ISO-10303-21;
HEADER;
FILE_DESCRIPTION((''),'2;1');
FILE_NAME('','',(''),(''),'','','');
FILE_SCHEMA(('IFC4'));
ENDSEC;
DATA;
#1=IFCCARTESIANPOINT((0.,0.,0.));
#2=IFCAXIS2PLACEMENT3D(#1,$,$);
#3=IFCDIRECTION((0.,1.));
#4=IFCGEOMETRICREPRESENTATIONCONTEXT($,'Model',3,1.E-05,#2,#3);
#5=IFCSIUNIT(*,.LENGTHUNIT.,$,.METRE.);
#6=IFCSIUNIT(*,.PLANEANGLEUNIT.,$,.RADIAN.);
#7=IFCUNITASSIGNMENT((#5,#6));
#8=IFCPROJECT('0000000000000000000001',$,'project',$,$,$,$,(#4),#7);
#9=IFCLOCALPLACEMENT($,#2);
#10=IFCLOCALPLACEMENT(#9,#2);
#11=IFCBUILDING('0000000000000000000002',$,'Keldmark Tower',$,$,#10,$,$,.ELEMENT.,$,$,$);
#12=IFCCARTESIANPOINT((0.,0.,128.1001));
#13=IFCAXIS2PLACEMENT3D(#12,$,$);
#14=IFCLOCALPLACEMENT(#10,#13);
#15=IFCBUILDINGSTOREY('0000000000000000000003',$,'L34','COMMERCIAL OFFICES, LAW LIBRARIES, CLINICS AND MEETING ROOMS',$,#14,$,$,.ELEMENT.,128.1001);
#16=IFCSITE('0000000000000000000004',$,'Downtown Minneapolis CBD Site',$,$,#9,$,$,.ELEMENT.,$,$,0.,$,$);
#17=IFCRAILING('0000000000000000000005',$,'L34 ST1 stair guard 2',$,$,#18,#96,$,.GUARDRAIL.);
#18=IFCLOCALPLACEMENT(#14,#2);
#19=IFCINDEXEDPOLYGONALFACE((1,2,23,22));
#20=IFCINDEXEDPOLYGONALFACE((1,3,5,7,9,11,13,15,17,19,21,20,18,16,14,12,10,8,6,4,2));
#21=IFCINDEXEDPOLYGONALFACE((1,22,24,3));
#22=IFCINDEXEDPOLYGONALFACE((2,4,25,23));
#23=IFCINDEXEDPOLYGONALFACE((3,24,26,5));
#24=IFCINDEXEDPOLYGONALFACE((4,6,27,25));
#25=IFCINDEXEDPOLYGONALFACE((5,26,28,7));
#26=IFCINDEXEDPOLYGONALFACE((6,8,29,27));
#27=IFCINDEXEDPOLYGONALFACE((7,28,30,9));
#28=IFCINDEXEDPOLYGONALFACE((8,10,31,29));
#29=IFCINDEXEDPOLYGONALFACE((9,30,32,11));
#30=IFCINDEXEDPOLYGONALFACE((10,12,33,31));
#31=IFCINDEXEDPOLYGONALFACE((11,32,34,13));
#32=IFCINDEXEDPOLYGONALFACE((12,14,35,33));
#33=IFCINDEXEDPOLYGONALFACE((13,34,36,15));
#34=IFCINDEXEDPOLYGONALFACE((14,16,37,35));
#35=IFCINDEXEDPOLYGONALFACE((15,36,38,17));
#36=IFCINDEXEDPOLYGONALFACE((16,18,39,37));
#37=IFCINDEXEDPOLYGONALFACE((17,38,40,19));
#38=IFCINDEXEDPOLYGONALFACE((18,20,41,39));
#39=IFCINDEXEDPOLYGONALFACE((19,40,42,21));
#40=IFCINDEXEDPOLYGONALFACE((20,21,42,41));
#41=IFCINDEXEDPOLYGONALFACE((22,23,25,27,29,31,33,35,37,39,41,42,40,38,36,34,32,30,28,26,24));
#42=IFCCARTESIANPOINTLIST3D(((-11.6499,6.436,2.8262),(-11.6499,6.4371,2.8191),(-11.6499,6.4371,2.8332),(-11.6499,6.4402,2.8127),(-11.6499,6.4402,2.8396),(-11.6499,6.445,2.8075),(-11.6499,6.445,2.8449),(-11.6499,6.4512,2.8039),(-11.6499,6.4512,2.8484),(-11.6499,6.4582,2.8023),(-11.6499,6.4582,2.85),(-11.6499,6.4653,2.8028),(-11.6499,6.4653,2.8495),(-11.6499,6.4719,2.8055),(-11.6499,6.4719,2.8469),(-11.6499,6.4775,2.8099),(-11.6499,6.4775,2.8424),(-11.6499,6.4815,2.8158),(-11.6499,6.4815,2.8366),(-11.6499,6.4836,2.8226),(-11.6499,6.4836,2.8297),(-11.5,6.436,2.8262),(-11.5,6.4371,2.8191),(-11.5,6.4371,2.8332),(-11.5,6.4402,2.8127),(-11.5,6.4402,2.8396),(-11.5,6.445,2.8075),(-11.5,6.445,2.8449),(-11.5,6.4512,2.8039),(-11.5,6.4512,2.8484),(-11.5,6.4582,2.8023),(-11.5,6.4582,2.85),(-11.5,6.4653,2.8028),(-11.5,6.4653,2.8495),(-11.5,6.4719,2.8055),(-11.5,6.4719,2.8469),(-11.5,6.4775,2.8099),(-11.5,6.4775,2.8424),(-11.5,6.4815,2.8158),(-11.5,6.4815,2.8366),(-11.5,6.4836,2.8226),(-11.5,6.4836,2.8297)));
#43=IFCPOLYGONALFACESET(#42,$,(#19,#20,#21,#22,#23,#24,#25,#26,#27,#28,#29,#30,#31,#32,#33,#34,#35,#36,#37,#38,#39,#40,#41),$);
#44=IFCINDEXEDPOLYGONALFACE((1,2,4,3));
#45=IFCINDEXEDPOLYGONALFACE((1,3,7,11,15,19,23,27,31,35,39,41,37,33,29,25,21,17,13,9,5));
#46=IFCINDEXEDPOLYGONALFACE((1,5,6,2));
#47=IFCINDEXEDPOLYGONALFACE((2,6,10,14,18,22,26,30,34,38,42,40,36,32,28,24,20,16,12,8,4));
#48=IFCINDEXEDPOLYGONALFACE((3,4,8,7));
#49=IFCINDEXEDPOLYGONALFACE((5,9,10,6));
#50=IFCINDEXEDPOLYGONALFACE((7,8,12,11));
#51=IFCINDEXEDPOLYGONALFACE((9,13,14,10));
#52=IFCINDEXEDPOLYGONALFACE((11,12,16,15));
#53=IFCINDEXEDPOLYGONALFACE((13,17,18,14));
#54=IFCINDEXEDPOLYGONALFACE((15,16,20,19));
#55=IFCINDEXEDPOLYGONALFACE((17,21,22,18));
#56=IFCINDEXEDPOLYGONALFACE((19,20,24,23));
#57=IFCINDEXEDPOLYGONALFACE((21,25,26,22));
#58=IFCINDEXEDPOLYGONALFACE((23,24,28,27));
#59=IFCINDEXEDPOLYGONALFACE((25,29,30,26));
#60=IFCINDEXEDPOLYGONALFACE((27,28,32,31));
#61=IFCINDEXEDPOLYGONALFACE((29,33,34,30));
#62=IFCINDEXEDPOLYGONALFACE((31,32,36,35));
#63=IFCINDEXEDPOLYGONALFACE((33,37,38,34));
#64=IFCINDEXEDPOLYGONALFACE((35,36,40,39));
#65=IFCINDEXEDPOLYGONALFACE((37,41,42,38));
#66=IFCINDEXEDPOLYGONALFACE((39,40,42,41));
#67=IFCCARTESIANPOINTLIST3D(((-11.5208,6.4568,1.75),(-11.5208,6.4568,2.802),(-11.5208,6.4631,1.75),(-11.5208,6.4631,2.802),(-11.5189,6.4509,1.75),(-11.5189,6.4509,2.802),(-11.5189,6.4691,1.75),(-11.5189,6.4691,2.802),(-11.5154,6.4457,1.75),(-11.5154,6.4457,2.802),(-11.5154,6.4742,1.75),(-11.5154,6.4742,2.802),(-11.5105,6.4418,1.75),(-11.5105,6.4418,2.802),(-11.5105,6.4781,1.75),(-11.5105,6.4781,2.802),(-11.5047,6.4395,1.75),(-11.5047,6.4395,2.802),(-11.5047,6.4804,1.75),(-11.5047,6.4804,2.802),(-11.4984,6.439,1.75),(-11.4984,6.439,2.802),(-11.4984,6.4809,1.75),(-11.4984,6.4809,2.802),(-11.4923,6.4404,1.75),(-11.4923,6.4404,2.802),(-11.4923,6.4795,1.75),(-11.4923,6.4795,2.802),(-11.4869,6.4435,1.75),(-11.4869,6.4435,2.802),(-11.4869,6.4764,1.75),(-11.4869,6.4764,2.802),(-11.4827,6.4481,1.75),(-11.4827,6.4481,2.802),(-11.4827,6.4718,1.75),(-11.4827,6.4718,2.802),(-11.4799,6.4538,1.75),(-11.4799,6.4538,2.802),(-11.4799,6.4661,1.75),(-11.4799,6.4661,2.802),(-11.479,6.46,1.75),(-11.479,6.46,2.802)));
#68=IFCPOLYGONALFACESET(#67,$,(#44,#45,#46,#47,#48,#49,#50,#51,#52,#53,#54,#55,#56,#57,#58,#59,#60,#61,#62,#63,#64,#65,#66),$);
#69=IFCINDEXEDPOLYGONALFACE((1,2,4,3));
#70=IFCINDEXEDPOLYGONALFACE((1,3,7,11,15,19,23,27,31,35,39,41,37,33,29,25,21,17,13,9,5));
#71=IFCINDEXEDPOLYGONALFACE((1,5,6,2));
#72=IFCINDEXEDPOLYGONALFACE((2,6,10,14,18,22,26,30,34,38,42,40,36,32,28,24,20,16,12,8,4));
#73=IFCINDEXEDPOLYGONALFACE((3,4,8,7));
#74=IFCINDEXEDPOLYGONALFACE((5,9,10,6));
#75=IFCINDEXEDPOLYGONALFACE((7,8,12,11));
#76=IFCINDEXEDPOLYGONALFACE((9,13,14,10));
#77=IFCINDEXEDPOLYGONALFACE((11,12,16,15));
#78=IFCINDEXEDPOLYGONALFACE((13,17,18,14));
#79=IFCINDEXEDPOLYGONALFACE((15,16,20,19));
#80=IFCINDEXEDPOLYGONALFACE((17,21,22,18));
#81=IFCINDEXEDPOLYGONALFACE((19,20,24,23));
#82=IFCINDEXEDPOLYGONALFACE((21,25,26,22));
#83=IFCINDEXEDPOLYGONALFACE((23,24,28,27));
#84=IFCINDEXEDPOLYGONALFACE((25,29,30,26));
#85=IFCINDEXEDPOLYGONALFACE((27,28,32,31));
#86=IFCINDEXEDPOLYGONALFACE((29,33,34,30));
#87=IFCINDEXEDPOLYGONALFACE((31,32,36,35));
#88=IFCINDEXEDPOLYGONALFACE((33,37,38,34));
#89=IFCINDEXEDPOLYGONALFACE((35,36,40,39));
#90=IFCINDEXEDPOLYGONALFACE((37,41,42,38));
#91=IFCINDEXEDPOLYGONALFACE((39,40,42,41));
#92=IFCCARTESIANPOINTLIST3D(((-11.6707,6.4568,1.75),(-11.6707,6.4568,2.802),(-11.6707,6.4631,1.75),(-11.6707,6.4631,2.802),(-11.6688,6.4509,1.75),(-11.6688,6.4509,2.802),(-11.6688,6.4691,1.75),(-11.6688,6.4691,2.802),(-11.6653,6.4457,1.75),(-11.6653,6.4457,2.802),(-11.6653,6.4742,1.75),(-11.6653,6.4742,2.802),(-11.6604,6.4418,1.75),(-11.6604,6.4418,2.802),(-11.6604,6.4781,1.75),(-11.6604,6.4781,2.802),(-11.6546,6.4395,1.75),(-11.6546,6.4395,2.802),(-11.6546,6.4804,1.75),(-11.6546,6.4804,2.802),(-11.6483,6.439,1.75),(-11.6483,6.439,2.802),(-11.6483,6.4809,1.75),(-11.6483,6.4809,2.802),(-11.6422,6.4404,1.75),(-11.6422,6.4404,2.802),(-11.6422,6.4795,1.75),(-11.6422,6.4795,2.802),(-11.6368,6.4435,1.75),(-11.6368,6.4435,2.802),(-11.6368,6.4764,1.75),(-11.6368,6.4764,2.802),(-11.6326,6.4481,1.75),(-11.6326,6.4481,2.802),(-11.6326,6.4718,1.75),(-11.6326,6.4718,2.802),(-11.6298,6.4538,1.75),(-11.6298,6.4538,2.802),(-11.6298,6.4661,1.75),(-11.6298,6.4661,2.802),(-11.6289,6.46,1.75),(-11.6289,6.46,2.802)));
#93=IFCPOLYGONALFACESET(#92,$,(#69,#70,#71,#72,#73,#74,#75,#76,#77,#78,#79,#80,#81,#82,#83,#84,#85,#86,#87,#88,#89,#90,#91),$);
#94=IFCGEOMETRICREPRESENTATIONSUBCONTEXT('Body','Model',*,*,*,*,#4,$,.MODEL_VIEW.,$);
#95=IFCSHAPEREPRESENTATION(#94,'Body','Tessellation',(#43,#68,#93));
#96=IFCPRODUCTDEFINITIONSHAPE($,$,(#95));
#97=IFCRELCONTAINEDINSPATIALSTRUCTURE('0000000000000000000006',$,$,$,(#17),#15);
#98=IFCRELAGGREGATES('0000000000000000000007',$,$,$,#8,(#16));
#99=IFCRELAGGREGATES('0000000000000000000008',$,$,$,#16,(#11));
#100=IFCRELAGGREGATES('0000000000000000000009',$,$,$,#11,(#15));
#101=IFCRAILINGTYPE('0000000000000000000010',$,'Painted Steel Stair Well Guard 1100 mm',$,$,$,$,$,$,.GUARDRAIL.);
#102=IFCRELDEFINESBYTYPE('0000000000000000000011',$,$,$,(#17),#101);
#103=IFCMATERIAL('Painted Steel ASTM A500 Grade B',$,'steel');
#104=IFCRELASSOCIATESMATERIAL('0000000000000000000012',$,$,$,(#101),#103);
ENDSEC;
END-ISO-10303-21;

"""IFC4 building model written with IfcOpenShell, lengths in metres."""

from ifc_helpers import new_model, si_unit, direction, frame, origin, origin_2d, place, context, subcontext, project, spatial, circle, extrude, material, type_object, element, save


model = new_model("IFC4")

# Units and contexts
model_context = context("Model", 3, precision=1e-05, world=origin(), true_north=direction((0.0, 1.0)))
body_context = subcontext(model_context, "Body", "Model", "MODEL_VIEW")
ifc_project = project(units=[si_unit("LENGTHUNIT", "METRE"), si_unit("PLANEANGLEUNIT", "RADIAN")], contexts=[model_context])

# Site, building, storey
site_placement = place(None, origin())
site = spatial("IfcSite", under=ifc_project, at=site_placement, Name="Downtown Minneapolis CBD Site", CompositionType="ELEMENT", RefElevation=0.0)
building_placement = place(site_placement, origin())
building = spatial("IfcBuilding", under=site, at=building_placement, Name="Keldmark Tower", CompositionType="ELEMENT")
storey_placement = place(building_placement, frame((0.0, 0.0, 128.1001)))
storey = spatial("IfcBuildingStorey", under=building, at=storey_placement, Name="L34", Description="COMMERCIAL OFFICES, LAW LIBRARIES, CLINICS AND MEETING ROOMS", CompositionType="ELEMENT", Elevation=128.1001)

# Railing
ifc_material_1 = material(Name="Painted Steel ASTM A500 Grade B", Category="steel")
railing_type_1 = type_object("IfcRailingType", Name="Painted Steel Stair Well Guard 1100 mm", PredefinedType="GUARDRAIL", material=ifc_material_1)
railing_1_placement = place(storey_placement, frame((-11.5, 6.46, 1.75)))
element("IfcRailing", 1, at=railing_1_placement, inside=storey, type_object=railing_type_1, Name="L34 ST1 stair guard 2", PredefinedType="GUARDRAIL", context=body_context, shape_type="SweptSolid", body=[
    extrude(circle(Radius=0.0239, at=origin_2d()), frame((0.0, 0.0, 1.0762), z_axis=(-1.0, 0.0, 0.0), x_axis=(0.0, -1.0, 0.0)), (0.0, 0.0, 1.0), 0.1499),
    extrude(circle(Radius=0.021, at=origin_2d()), origin(), (0.0, 0.0, 1.0), 1.052),
    extrude(circle(Radius=0.021, at=origin_2d()), frame((-0.1499, 0.0, 0.0)), (0.0, 0.0, 1.0), 1.052),
])

save(model, "model.ifc")
